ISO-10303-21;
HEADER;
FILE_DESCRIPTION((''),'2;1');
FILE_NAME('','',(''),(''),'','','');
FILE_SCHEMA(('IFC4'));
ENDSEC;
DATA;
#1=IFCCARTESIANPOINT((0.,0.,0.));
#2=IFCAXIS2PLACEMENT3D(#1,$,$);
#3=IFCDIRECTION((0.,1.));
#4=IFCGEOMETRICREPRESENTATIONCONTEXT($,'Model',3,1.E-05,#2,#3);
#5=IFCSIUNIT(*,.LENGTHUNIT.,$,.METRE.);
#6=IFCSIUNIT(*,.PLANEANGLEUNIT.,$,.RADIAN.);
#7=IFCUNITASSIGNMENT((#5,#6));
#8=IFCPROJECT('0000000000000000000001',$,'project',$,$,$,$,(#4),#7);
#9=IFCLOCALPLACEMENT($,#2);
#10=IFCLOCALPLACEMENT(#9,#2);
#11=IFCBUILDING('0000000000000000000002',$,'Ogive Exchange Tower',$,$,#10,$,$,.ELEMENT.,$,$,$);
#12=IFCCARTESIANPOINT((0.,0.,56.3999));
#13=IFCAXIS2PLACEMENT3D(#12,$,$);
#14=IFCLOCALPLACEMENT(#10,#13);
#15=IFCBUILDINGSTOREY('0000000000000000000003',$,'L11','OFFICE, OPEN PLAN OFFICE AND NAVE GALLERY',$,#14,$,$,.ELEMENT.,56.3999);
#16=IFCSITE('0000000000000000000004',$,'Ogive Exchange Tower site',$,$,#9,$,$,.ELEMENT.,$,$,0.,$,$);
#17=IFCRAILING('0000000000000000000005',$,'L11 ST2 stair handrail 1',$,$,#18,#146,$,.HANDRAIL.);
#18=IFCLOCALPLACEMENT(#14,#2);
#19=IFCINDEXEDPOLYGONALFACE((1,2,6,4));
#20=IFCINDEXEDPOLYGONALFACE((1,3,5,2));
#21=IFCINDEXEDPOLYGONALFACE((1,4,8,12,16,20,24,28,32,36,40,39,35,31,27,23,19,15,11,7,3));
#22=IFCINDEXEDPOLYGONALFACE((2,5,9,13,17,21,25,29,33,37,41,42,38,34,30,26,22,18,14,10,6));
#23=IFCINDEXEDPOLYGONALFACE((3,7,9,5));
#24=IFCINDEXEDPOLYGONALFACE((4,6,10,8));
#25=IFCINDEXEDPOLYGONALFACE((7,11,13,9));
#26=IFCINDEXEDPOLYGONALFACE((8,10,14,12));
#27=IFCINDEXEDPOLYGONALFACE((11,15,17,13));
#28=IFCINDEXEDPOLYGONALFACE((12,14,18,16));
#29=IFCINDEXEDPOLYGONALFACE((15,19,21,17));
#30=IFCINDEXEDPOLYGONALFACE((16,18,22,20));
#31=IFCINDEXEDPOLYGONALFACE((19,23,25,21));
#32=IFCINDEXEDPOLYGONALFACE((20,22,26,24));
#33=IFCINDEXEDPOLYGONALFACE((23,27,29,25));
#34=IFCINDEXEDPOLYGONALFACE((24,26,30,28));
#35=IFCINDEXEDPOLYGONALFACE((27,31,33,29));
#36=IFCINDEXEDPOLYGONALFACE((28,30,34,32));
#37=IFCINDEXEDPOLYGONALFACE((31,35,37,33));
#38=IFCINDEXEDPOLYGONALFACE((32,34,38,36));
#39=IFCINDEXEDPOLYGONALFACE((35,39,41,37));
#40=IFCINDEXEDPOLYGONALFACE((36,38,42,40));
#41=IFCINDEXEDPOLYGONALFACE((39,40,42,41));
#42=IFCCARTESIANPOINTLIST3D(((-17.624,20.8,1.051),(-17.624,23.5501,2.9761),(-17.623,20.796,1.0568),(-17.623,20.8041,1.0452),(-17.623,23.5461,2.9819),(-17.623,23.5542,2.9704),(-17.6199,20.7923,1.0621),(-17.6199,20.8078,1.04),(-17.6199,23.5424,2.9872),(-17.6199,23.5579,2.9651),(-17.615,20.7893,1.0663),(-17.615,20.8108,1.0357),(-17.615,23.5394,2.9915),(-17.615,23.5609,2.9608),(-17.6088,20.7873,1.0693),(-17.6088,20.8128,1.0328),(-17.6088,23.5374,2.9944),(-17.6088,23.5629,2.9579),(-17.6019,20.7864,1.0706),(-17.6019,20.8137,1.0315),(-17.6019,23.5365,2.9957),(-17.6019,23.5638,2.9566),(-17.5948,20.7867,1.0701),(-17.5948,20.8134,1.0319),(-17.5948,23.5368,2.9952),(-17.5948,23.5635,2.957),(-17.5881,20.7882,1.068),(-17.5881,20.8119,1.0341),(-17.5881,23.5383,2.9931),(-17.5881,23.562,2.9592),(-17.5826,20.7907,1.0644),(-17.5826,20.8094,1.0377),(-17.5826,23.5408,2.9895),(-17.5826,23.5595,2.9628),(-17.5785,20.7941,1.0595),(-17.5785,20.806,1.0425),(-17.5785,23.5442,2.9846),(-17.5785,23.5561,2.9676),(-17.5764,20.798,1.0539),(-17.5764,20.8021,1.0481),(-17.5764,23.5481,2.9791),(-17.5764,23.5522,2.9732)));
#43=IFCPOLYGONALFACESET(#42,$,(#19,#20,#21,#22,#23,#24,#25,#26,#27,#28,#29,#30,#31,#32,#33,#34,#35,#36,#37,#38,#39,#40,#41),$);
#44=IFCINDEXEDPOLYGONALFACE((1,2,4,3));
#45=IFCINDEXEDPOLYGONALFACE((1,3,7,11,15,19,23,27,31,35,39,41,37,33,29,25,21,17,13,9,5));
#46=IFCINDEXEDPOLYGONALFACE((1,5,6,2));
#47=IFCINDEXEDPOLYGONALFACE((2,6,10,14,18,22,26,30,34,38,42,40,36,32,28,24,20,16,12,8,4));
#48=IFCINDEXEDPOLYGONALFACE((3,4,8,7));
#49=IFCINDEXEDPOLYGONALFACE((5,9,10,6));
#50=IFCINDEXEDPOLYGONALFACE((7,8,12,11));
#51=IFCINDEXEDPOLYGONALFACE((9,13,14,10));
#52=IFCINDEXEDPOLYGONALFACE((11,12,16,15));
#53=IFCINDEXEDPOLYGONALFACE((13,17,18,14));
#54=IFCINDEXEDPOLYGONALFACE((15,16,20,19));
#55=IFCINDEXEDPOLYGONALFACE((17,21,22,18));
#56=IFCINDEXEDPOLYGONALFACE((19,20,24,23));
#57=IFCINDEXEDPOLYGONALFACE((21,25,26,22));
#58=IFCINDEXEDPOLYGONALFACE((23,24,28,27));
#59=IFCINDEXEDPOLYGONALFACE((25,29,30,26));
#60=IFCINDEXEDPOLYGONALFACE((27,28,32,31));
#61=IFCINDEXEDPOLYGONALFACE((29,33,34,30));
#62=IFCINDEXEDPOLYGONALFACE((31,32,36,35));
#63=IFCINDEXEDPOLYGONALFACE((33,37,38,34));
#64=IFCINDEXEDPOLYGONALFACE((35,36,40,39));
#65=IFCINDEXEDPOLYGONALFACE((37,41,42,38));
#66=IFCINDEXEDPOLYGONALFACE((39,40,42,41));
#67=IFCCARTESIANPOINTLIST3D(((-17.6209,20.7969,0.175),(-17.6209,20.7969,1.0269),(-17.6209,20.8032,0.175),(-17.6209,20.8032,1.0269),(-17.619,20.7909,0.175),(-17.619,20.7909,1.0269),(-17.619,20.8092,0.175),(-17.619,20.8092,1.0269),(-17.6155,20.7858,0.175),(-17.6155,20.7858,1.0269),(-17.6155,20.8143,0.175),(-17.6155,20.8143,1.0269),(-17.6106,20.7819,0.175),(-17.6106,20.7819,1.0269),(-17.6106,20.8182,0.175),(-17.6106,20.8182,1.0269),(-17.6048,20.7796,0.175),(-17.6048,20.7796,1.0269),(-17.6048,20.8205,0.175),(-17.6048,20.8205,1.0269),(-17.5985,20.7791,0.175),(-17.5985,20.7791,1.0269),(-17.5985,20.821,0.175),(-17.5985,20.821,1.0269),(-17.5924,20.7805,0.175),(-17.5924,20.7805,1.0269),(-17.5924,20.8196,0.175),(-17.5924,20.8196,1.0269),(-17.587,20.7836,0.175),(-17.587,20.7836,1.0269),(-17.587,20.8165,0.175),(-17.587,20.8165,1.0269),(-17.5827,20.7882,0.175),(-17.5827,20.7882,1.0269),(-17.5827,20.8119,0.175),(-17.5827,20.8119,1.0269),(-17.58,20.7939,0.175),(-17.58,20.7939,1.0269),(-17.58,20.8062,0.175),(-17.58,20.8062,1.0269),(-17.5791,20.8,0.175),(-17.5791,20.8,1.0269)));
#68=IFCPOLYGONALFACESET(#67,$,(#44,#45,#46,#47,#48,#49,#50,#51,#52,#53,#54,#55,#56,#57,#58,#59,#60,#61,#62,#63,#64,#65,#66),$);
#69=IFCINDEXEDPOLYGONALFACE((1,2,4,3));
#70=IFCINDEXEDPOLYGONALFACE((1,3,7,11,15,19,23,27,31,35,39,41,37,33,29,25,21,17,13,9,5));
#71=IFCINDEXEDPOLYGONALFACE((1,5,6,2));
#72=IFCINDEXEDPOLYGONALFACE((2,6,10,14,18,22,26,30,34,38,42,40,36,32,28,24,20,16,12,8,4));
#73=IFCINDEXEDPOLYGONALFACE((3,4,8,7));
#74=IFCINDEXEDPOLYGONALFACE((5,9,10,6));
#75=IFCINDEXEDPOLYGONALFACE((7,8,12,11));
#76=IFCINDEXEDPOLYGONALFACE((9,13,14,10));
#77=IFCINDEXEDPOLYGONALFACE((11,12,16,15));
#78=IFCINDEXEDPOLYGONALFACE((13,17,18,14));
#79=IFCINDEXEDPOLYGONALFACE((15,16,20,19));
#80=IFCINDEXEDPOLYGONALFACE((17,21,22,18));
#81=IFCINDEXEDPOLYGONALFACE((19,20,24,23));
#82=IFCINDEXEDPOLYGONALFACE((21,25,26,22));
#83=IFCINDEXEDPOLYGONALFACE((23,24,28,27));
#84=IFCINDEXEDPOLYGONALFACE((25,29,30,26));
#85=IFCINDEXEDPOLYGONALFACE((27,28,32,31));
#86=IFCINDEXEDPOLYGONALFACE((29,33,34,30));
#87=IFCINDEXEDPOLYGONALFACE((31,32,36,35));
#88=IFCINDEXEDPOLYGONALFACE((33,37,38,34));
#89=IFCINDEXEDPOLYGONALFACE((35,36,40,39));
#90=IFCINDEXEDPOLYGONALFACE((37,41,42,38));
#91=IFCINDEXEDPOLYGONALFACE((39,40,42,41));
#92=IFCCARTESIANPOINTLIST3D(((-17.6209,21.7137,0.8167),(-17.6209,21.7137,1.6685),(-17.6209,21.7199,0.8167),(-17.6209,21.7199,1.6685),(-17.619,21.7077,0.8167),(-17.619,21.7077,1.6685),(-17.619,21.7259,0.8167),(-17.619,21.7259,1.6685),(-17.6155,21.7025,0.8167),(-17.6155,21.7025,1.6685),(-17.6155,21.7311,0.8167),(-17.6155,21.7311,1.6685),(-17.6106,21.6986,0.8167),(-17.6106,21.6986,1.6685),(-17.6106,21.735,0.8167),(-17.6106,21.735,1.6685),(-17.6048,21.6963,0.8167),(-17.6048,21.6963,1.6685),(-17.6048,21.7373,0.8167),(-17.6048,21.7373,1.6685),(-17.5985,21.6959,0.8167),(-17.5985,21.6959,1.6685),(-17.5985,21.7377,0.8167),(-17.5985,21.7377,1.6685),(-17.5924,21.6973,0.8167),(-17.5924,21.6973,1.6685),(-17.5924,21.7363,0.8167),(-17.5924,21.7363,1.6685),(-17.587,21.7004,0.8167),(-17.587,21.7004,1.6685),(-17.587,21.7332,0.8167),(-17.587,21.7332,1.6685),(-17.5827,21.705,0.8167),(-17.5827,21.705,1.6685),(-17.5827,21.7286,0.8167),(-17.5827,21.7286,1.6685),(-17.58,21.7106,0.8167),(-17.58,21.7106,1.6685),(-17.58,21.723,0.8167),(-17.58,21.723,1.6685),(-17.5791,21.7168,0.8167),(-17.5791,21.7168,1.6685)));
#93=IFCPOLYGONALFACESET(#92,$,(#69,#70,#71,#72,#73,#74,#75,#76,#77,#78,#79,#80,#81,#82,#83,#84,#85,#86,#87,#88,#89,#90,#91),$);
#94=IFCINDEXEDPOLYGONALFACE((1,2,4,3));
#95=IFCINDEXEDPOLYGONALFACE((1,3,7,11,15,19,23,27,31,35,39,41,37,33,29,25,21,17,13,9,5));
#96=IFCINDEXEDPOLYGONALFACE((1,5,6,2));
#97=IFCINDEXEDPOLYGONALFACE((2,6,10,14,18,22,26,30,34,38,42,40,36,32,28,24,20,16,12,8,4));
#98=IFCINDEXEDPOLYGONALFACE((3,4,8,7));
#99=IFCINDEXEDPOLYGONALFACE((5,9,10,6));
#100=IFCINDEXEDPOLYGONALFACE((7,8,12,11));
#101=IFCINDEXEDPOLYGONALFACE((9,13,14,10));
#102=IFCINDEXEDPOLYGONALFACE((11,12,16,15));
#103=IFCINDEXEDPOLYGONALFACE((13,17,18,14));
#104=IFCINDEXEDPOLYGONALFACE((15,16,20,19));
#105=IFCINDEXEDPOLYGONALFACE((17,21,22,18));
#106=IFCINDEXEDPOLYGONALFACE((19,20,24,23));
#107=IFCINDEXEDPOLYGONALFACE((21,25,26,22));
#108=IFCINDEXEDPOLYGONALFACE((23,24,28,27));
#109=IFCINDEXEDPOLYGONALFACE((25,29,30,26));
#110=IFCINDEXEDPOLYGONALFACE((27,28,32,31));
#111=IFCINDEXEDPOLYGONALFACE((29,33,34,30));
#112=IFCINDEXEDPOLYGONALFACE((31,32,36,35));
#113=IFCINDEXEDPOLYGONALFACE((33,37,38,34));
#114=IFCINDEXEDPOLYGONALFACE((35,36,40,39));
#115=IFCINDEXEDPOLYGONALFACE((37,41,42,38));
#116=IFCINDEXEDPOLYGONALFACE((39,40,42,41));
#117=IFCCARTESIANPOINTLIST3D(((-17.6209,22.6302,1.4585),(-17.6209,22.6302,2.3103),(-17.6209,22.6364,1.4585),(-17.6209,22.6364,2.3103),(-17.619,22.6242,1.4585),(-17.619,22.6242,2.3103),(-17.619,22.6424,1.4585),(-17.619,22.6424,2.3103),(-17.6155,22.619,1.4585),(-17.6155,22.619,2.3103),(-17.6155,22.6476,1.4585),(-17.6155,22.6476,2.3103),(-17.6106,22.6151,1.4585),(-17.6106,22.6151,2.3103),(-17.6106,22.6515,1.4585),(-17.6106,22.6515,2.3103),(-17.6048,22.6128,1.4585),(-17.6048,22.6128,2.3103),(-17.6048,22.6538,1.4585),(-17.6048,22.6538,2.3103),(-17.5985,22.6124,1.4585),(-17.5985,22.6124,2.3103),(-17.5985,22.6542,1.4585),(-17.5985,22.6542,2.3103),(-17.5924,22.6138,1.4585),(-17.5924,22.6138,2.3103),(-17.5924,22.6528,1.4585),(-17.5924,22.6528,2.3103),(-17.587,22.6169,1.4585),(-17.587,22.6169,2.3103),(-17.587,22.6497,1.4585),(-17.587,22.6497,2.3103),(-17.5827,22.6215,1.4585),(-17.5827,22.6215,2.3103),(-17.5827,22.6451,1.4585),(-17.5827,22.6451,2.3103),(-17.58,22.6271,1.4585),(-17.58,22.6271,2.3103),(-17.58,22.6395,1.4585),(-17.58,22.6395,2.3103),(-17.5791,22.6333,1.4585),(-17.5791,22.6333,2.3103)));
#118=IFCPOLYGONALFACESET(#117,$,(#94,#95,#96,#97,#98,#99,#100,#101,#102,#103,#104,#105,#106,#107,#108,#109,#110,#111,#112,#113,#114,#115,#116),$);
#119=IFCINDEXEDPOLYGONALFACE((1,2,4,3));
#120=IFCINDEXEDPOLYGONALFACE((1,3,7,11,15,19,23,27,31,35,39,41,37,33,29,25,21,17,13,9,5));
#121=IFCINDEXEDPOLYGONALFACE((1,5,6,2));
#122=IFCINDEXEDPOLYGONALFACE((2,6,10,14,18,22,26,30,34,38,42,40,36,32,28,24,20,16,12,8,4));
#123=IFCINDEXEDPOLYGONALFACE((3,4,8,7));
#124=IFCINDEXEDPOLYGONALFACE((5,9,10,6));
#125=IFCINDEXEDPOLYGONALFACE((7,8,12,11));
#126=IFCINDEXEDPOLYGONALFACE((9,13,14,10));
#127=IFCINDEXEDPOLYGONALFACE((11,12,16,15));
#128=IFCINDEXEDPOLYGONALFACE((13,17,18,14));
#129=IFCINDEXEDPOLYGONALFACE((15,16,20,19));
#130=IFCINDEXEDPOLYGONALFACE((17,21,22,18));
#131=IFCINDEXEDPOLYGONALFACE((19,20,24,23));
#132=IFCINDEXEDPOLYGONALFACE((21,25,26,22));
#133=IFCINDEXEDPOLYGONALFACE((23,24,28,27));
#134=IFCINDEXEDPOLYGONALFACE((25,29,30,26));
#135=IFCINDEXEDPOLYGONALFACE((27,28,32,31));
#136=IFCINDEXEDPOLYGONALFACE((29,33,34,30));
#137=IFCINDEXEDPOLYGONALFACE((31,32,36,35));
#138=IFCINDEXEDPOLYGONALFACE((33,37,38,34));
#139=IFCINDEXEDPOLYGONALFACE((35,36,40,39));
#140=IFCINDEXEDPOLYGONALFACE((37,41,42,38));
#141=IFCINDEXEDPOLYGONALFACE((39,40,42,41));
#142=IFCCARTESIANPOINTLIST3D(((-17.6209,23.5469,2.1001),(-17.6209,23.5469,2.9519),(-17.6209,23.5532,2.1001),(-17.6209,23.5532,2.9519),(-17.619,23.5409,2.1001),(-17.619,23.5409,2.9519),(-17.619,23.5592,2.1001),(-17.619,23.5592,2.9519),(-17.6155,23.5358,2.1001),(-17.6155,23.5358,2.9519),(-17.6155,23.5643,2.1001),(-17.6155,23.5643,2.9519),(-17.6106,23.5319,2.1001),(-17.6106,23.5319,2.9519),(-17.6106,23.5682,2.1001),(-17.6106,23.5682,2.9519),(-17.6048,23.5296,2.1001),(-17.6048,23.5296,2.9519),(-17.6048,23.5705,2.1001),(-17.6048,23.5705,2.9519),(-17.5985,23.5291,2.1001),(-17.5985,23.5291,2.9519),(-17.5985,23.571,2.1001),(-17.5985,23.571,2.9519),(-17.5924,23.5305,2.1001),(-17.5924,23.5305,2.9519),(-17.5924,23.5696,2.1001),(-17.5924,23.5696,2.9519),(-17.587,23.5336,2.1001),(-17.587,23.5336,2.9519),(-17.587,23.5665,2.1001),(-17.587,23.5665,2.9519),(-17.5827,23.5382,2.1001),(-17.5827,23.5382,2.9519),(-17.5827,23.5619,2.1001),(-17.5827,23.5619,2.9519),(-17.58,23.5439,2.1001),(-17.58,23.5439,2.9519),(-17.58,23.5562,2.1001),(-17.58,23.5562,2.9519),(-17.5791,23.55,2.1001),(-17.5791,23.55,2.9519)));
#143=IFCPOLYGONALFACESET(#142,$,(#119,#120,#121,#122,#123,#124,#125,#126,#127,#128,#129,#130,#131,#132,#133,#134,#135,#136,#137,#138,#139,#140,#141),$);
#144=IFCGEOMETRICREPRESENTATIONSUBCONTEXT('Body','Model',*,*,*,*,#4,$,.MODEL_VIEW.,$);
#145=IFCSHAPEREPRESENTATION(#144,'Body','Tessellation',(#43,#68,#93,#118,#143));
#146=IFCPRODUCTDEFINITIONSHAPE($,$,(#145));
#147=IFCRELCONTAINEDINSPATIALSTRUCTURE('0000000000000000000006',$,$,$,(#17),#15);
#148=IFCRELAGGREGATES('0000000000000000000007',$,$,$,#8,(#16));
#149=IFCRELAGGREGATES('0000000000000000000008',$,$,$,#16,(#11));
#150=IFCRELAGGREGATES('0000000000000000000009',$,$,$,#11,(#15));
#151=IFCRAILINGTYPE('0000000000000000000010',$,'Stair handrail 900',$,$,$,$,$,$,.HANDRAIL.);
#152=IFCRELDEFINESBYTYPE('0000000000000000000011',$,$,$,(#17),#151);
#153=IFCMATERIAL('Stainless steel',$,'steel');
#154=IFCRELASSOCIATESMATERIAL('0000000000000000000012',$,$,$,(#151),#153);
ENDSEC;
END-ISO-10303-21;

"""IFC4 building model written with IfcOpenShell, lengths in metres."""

from ifc_helpers import new_model, si_unit, direction, frame, origin, origin_2d, place, context, subcontext, project, spatial, circle, extrude, material, type_object, element, save


model = new_model("IFC4")

# Units and contexts
model_context = context("Model", 3, precision=1e-05, world=origin(), true_north=direction((0.0, 1.0)))
body_context = subcontext(model_context, "Body", "Model", "MODEL_VIEW")
ifc_project = project(units=[si_unit("LENGTHUNIT", "METRE"), si_unit("PLANEANGLEUNIT", "RADIAN")], contexts=[model_context])

# Site, building, storey
site_placement = place(None, origin())
site = spatial("IfcSite", under=ifc_project, at=site_placement, Name="Ogive Exchange Tower site", CompositionType="ELEMENT", RefElevation=0.0)
building_placement = place(site_placement, origin())
building = spatial("IfcBuilding", under=site, at=building_placement, Name="Ogive Exchange Tower", CompositionType="ELEMENT")
storey_placement = place(building_placement, frame((0.0, 0.0, 56.3999)))
storey = spatial("IfcBuildingStorey", under=building, at=storey_placement, Name="L11", Description="OFFICE, OPEN PLAN OFFICE AND NAVE GALLERY", CompositionType="ELEMENT", Elevation=56.3999)

# Railing
ifc_material_1 = material(Name="Stainless steel", Category="steel")
railing_type = type_object("IfcRailingType", Name="Stair handrail 900", PredefinedType="HANDRAIL", material=ifc_material_1)
railing_placement = place(storey_placement, frame((-17.6001, 20.8, 0.175)))
element("IfcRailing", 1, at=railing_placement, inside=storey, type_object=railing_type, Name="L11 ST2 stair handrail 1", PredefinedType="HANDRAIL", context=body_context, shape_type="SweptSolid", body=[
    extrude(circle(Radius=0.0239, at=origin_2d()), frame((0.0, 0.0, 0.876), z_axis=(0.0, 0.819225, 0.573472), x_axis=(-1.0, 0.0, 0.0)), (0.0, 0.0, 1.0), 3.3569),
    extrude(circle(Radius=0.021, at=origin_2d()), origin(), (0.0, 0.0, 1.0), 0.8518),
    extrude(circle(Radius=0.021, at=origin_2d()), frame((0.0, 0.9167, 0.6416)), (0.0, 0.0, 1.0), 0.8518),
    extrude(circle(Radius=0.021, at=origin_2d()), frame((0.0, 1.8333, 1.2834)), (0.0, 0.0, 1.0), 0.8518),
    extrude(circle(Radius=0.021, at=origin_2d()), frame((0.0, 2.75, 1.925)), (0.0, 0.0, 1.0), 0.8518),
])

save(model, "model.ifc")
